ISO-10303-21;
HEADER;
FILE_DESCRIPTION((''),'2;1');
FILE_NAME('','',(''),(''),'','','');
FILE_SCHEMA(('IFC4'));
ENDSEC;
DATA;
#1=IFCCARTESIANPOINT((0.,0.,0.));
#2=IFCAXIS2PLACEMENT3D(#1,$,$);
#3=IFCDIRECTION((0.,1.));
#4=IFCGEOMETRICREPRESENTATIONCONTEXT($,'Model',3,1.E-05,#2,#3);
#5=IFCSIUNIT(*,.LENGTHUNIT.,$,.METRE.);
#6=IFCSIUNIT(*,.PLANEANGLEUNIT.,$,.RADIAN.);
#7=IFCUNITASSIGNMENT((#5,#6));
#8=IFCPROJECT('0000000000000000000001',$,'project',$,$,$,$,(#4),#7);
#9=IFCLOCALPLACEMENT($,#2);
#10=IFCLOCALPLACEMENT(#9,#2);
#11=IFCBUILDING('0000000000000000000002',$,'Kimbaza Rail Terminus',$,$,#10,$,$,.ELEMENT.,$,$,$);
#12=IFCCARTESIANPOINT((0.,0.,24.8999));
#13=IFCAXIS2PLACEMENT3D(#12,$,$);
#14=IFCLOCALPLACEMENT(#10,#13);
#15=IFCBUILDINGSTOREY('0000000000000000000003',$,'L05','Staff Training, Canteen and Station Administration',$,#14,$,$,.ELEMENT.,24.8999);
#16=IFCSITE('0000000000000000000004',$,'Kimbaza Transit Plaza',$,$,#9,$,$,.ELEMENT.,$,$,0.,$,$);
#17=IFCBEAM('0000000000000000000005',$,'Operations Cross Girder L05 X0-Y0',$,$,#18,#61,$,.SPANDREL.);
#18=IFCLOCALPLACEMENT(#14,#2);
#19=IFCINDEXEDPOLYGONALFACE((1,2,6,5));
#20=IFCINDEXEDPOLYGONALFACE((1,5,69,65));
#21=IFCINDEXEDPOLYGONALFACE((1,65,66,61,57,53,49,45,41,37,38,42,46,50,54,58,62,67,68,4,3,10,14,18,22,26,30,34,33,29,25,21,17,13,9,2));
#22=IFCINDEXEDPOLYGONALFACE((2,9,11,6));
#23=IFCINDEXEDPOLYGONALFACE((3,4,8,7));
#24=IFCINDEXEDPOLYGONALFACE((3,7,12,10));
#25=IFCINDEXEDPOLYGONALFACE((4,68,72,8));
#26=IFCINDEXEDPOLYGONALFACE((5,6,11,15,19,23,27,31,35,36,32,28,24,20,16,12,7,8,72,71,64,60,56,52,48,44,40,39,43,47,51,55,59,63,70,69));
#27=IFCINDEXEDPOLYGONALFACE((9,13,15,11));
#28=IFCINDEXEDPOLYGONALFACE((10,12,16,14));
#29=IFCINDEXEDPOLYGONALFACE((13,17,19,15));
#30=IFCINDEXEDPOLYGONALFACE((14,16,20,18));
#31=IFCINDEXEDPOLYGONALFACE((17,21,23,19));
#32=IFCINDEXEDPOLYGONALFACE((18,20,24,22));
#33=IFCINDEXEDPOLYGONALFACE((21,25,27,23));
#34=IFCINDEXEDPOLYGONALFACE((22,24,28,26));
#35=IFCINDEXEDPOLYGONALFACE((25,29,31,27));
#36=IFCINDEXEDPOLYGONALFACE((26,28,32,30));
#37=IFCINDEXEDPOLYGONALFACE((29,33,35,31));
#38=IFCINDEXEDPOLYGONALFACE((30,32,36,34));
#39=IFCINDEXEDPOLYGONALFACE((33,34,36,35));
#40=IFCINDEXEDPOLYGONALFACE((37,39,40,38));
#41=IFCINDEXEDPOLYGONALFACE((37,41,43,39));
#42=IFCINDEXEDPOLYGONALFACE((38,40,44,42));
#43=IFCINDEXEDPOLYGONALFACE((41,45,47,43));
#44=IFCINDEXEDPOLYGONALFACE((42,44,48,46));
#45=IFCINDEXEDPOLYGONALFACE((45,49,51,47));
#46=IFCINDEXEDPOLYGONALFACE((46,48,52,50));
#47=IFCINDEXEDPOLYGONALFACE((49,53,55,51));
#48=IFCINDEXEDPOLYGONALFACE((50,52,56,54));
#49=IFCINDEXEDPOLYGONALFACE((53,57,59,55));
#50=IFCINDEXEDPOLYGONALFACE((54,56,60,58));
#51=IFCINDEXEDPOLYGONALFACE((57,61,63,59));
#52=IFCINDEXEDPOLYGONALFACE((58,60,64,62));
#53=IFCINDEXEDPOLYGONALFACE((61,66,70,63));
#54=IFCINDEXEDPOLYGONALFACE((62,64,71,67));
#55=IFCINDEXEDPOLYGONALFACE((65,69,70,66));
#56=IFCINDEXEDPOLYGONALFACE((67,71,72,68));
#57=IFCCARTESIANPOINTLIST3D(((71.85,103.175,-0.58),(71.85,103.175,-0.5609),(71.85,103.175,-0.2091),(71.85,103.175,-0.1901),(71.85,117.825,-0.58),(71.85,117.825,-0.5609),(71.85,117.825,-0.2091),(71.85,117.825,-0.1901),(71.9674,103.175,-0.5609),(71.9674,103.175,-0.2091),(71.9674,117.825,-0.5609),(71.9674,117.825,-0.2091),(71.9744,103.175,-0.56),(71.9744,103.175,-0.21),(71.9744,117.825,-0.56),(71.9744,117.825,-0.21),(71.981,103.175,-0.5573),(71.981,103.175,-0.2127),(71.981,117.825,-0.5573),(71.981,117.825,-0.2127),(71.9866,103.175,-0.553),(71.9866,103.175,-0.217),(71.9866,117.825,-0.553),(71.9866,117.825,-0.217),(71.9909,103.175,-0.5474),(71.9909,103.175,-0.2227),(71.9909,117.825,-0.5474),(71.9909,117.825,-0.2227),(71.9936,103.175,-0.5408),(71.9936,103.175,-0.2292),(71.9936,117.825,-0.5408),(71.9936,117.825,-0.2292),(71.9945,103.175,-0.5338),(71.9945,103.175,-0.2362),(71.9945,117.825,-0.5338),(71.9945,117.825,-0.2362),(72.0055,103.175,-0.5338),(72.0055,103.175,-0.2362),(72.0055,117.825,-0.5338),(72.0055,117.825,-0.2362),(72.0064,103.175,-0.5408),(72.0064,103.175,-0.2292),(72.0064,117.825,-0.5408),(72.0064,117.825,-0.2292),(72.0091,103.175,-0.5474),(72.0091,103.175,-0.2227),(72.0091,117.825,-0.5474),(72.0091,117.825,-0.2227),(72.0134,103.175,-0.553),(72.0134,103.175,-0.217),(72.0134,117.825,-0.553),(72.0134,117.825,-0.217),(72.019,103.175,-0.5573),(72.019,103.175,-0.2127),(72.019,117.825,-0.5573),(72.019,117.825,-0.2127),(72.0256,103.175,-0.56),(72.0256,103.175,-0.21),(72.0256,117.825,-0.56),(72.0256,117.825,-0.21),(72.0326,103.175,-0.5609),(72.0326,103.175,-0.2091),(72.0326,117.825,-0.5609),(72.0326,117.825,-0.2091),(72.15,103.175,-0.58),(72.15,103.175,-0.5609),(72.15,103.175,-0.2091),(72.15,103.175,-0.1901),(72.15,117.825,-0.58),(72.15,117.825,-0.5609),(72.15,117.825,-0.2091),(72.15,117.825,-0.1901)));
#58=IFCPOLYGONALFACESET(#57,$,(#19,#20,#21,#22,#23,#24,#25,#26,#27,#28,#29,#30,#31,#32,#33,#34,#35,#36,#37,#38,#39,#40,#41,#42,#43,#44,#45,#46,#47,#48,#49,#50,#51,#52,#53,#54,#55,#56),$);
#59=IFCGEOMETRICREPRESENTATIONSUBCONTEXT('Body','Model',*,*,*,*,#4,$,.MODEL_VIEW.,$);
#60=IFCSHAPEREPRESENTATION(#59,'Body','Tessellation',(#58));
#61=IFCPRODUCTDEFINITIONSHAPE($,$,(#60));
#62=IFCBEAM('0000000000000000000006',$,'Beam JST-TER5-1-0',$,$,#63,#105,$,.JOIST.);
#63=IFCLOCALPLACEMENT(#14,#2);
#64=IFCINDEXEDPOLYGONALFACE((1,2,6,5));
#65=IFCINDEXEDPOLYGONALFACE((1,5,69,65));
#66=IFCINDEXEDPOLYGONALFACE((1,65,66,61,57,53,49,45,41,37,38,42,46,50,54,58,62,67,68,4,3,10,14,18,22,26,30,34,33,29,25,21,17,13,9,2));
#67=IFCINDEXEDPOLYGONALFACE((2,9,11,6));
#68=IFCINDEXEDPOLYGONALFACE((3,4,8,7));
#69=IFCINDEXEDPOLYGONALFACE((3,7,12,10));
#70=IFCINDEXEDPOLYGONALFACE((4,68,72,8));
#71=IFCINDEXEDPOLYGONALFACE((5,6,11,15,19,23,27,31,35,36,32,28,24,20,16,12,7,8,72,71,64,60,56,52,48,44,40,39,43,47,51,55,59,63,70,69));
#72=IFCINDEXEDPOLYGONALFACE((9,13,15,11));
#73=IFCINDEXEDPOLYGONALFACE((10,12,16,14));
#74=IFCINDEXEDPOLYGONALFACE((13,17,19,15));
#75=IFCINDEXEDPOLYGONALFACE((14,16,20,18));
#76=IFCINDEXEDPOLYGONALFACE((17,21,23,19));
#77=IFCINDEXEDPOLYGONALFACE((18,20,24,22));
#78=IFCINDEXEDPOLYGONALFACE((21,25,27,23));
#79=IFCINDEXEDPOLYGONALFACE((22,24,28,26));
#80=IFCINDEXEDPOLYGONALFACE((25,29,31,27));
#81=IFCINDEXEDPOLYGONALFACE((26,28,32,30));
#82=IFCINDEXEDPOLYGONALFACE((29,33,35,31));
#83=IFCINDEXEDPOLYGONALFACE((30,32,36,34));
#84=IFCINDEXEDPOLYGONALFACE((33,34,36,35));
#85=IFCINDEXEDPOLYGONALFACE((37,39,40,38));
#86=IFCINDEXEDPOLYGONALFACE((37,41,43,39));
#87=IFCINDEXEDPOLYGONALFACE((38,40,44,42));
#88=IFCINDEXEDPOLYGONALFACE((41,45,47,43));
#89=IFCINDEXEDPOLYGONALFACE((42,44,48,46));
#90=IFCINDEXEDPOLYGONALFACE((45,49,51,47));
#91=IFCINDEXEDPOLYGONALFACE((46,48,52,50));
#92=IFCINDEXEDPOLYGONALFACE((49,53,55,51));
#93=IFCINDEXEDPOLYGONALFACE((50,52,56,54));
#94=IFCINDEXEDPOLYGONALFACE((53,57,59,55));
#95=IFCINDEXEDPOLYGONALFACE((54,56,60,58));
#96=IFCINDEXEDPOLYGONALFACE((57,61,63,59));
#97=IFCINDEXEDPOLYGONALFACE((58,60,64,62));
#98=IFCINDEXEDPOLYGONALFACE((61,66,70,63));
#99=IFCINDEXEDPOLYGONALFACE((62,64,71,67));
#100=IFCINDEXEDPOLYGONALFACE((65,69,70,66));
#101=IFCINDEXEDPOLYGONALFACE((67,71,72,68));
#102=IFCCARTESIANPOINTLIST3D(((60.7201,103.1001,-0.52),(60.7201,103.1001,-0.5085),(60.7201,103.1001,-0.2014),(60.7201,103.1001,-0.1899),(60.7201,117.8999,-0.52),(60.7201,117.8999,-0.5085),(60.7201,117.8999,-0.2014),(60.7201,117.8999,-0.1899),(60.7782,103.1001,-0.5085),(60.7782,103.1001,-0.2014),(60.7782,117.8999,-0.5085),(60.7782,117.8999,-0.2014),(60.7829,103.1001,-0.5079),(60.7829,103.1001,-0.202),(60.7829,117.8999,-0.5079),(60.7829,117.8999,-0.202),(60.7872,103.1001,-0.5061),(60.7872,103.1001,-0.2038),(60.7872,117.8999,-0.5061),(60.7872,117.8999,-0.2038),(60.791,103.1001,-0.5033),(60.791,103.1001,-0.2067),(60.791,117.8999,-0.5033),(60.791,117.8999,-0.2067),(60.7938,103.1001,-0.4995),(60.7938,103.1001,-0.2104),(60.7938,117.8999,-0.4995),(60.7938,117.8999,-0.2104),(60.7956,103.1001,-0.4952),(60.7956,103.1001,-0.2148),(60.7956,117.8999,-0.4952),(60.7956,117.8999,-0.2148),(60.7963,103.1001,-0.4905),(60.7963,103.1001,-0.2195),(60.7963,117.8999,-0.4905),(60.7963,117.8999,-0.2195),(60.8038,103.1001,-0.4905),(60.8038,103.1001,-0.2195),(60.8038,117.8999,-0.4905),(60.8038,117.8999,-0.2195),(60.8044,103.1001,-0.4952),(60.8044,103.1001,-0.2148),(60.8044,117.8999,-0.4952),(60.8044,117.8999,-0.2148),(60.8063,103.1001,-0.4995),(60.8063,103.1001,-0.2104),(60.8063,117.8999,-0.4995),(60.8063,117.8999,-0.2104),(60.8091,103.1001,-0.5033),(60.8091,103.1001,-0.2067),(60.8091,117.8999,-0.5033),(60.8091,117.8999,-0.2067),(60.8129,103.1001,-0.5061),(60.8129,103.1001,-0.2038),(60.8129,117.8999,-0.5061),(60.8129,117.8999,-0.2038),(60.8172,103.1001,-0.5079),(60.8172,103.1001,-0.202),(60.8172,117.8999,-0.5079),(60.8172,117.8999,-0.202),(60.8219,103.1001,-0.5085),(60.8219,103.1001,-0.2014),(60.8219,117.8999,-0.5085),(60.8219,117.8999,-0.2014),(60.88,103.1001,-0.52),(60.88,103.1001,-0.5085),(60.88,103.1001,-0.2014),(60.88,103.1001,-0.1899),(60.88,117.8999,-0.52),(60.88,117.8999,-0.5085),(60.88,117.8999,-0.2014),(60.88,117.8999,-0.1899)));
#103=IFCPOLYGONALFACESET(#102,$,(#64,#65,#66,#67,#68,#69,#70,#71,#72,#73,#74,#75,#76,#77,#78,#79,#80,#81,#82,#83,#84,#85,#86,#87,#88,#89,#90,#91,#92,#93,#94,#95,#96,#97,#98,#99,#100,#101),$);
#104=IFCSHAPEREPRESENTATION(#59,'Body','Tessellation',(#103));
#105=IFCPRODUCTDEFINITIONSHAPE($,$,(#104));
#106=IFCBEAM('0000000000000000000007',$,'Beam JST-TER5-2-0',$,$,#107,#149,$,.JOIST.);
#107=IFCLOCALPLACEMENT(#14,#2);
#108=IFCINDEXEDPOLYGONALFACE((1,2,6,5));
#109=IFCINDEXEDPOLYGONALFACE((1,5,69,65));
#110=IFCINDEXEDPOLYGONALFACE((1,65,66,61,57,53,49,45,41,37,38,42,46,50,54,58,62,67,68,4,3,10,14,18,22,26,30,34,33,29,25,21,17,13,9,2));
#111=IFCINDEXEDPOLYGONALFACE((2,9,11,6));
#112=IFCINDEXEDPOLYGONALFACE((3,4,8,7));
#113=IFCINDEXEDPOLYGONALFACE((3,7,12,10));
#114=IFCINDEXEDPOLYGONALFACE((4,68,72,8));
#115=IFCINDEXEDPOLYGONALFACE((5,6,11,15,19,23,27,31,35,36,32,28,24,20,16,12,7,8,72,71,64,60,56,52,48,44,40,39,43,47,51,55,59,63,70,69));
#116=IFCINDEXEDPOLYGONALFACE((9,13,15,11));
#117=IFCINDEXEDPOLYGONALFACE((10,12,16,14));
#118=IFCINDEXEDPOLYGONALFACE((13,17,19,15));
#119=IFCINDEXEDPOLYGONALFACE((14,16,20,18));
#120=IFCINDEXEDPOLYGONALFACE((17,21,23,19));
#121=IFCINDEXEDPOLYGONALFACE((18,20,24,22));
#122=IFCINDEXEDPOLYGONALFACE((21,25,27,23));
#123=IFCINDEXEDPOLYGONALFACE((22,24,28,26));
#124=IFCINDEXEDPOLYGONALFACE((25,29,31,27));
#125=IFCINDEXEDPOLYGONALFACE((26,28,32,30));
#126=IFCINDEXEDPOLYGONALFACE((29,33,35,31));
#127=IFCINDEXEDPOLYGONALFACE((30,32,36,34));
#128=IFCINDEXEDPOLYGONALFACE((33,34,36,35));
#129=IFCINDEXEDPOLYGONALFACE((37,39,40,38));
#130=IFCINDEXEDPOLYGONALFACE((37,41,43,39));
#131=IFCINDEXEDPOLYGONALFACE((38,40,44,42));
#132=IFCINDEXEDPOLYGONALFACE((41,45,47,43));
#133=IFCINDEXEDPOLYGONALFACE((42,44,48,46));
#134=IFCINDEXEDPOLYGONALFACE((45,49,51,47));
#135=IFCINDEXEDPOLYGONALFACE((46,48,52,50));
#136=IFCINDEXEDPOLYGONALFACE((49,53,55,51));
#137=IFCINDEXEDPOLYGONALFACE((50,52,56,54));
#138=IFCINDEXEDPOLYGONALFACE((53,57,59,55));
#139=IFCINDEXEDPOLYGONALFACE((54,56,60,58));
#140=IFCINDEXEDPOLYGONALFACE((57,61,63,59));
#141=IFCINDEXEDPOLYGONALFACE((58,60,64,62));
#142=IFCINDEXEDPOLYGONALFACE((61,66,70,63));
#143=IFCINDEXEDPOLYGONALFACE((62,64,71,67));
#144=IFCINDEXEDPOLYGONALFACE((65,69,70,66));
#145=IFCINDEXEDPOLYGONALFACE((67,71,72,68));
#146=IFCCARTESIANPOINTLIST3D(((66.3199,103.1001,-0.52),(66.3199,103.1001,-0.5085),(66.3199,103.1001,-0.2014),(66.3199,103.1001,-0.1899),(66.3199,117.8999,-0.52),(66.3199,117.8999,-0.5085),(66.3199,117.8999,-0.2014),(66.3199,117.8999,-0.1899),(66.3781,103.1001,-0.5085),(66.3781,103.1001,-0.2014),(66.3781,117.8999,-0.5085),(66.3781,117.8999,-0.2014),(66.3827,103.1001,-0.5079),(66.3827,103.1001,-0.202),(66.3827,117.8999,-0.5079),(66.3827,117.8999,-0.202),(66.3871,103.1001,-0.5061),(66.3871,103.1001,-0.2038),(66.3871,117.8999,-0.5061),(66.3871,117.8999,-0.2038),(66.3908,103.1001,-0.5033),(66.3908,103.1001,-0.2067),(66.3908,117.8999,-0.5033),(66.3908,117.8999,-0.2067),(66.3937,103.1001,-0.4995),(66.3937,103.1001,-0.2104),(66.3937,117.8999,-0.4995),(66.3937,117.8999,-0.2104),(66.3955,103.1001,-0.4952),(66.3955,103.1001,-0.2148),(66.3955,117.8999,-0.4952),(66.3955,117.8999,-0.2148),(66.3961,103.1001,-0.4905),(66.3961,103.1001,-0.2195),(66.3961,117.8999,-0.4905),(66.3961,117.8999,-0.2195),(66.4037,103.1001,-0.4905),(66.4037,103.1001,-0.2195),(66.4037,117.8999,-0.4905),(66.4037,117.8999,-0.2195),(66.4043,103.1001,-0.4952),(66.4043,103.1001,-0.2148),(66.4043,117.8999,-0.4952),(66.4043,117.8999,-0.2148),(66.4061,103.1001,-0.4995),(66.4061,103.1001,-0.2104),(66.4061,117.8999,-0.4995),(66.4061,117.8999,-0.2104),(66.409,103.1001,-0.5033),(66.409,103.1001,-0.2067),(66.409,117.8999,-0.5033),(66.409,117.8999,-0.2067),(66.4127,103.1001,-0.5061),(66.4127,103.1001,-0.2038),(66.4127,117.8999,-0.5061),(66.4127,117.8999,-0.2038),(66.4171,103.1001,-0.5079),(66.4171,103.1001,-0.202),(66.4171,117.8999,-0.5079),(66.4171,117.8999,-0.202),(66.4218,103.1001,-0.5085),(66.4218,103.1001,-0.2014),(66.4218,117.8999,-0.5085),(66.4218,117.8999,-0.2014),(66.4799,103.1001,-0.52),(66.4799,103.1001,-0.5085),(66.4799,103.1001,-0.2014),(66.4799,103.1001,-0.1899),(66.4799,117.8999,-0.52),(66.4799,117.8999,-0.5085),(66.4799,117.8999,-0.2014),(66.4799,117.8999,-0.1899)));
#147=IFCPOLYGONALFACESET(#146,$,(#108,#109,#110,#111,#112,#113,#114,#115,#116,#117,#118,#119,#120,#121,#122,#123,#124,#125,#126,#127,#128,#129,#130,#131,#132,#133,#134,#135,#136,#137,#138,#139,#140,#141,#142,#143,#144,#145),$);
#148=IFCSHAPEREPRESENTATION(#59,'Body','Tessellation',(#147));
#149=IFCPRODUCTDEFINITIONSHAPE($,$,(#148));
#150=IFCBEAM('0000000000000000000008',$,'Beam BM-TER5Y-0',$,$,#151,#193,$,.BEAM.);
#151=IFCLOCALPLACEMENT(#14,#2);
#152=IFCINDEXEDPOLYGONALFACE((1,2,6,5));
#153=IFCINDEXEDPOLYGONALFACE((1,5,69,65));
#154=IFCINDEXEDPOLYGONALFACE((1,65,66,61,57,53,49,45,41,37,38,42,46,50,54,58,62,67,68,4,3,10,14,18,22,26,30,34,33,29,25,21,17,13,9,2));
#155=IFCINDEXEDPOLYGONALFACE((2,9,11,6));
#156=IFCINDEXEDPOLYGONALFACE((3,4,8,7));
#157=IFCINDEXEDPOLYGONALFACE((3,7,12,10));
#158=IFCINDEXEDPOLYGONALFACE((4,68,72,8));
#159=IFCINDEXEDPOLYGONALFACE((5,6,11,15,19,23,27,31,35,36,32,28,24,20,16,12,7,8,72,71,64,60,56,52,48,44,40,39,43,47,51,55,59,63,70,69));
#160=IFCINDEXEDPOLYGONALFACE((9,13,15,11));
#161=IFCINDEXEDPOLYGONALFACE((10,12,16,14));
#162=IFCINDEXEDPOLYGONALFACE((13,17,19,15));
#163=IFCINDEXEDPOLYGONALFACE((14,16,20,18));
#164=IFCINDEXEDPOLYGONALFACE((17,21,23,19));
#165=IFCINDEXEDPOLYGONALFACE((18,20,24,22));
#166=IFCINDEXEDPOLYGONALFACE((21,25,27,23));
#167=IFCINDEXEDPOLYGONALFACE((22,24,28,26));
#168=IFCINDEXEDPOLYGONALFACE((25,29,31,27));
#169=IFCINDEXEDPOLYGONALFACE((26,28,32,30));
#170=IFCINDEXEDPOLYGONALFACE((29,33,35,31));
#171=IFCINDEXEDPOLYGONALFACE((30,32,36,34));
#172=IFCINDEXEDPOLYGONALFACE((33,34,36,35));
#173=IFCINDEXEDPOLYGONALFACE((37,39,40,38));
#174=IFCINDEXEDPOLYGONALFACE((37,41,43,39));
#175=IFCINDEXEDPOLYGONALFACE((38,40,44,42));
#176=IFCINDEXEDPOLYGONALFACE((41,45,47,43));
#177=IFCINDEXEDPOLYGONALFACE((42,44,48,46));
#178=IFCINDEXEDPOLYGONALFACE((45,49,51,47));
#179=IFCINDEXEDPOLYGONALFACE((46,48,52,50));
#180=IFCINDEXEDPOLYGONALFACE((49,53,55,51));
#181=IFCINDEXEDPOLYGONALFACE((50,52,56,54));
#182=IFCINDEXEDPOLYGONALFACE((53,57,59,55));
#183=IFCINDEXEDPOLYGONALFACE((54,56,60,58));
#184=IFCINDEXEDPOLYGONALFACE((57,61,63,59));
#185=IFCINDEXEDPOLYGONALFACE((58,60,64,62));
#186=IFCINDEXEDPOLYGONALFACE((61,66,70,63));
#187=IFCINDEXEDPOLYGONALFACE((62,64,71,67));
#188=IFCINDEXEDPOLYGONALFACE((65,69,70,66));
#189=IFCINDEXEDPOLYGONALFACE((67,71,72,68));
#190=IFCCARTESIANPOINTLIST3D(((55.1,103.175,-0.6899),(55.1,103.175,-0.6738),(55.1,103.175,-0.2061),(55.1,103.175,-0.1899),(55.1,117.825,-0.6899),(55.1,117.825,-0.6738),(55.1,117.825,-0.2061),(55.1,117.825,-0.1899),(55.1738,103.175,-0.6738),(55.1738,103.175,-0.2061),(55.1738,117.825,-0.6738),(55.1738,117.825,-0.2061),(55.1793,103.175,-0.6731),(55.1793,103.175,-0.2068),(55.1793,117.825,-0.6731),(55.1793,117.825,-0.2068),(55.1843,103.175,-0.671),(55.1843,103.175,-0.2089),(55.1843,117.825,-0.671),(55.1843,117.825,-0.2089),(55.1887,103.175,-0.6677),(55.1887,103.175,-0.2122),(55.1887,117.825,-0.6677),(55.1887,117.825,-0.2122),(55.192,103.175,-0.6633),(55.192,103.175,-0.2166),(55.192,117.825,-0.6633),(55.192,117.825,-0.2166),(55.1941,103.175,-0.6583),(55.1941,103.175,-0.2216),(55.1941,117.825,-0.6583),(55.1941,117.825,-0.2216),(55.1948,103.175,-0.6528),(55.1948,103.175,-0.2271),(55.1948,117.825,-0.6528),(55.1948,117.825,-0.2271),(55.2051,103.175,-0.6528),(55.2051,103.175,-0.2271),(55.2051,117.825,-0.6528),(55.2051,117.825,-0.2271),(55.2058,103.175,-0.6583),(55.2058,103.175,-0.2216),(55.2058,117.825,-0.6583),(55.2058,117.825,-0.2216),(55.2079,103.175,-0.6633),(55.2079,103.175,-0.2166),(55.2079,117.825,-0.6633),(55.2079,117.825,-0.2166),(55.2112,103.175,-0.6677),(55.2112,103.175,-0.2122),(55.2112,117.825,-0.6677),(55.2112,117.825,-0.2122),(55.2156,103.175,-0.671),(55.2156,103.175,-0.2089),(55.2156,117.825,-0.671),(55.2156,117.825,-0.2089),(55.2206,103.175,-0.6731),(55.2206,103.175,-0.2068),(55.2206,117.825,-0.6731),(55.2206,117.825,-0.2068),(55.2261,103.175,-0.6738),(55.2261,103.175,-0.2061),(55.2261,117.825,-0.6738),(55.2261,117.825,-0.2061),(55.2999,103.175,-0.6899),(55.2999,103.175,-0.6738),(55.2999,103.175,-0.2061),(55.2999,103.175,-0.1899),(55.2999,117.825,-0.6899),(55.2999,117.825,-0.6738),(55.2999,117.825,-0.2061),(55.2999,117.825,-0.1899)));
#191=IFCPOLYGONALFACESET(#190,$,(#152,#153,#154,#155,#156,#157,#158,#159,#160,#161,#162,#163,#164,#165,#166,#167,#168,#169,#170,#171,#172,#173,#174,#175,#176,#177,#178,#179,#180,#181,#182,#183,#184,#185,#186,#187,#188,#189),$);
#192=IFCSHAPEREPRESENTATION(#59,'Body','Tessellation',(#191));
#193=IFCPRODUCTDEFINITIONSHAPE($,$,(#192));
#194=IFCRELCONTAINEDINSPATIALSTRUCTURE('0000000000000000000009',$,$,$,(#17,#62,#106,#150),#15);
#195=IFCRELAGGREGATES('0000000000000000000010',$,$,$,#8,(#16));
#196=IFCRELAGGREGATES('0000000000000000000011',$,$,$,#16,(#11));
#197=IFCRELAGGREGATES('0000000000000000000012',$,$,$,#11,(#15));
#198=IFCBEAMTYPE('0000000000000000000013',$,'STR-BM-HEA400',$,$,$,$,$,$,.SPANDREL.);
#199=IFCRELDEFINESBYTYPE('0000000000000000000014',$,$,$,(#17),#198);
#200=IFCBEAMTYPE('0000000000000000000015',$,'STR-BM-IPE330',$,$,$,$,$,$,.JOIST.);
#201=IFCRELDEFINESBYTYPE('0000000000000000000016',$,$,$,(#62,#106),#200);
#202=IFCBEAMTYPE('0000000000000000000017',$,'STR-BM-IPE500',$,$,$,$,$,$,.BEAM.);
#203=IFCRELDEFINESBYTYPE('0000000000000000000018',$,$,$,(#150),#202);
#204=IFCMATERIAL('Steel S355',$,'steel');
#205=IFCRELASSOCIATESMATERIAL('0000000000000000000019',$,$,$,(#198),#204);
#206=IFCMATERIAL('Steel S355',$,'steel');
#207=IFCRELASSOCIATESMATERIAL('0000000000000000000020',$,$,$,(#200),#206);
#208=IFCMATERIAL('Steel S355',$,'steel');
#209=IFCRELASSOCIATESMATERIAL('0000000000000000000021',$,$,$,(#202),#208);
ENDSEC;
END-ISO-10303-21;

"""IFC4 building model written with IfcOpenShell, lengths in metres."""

from ifc_helpers import new_model, si_unit, direction, frame, origin, origin_2d, place, context, subcontext, project, spatial, i_section, extrude, material, material_profile, profile_set, type_object, element, save


model = new_model("IFC4")

# Units and contexts
model_context = context("Model", 3, precision=1e-05, world=origin(), true_north=direction((0.0, 1.0)))
body_context = subcontext(model_context, "Body", "Model", "MODEL_VIEW")
ifc_project = project(units=[si_unit("LENGTHUNIT", "METRE"), si_unit("PLANEANGLEUNIT", "RADIAN")], contexts=[model_context])

# Site, building, storey
site_placement = place(None, origin())
site = spatial("IfcSite", under=ifc_project, at=site_placement, Name="Kimbaza Transit Plaza", CompositionType="ELEMENT", RefElevation=0.0)
building_placement = place(site_placement, origin())
building = spatial("IfcBuilding", under=site, at=building_placement, Name="Kimbaza Rail Terminus", CompositionType="ELEMENT")
storey_placement = place(building_placement, frame((0.0, 0.0, 24.8999)))
storey = spatial("IfcBuildingStorey", under=building, at=storey_placement, Name="L05", Description="Staff Training, Canteen and Station Administration", CompositionType="ELEMENT", Elevation=24.8999)

# Beams
ifc_material_1 = material(Name="Steel S355", Category="steel")
ifc_material_profile_1 = material_profile(ifc_material_1, i_section(OverallWidth=0.3, OverallDepth=0.3899, WebThickness=0.011, FlangeThickness=0.019, FilletRadius=0.0271, at=origin_2d()), Name="HEA 400")
ifc_profile_set_1 = profile_set([ifc_material_profile_1], Name="Steel S355")
beam_type_1 = type_object("IfcBeamType", Name="STR-BM-HEA400", PredefinedType="SPANDREL", material=ifc_profile_set_1)
beam_1_placement = place(storey_placement, frame((72.0, 103.175, -0.385), z_axis=(0.0, 1.0, 0.0), x_axis=(-1.0, 0.0, 0.0)))
element("IfcBeam", 1, at=beam_1_placement, inside=storey, type_object=beam_type_1, Name="Operations Cross Girder L05 X0-Y0", PredefinedType="SPANDREL", context=body_context, shape_type="SweptSolid", body=[
    extrude(i_section(OverallWidth=0.3, OverallDepth=0.3899, WebThickness=0.011, FlangeThickness=0.019, FilletRadius=0.0271, at=origin_2d()), origin(), (0.0, 0.0, 1.0), 14.6499),
])
ifc_material_2 = material(Name="Steel S355", Category="steel")
ifc_material_profile_2 = material_profile(ifc_material_2, i_section(OverallWidth=0.1599, OverallDepth=0.3301, WebThickness=0.0076, FlangeThickness=0.0115, FilletRadius=0.0181, at=origin_2d()), Name="IPE 330")
ifc_profile_set_2 = profile_set([ifc_material_profile_2], Name="Steel S355")
beam_type_2 = type_object("IfcBeamType", Name="STR-BM-IPE330", PredefinedType="JOIST", material=ifc_profile_set_2)
for number, where, z_axis, x_axis, name in (
    (2, (60.8, 103.1001, -0.355), (0.0, 1.0, 0.0), (-1.0, 0.0, 0.0), "Beam JST-TER5-1-0"),
    (3, (66.3999, 103.1001, -0.355), (0.0, 1.0, 0.0), (-1.0, 0.0, 0.0), "Beam JST-TER5-2-0"),
):
    element("IfcBeam", number, at=place(storey_placement, frame(where, z_axis=z_axis, x_axis=x_axis)), inside=storey, type_object=beam_type_2, Name=name, PredefinedType="JOIST", context=body_context, shape_type="SweptSolid", body=[
        extrude(i_section(OverallWidth=0.1599, OverallDepth=0.3301, WebThickness=0.0076, FlangeThickness=0.0115, FilletRadius=0.0181, at=origin_2d()), origin(), (0.0, 0.0, 1.0), 14.7998),
    ])
ifc_material_3 = material(Name="Steel S355", Category="steel")
ifc_material_profile_3 = material_profile(ifc_material_3, i_section(OverallWidth=0.2, OverallDepth=0.5, WebThickness=0.0103, FlangeThickness=0.0161, FilletRadius=0.021, at=origin_2d()), Name="IPE 500")
ifc_profile_set_3 = profile_set([ifc_material_profile_3], Name="Steel S355")
beam_type_3 = type_object("IfcBeamType", Name="STR-BM-IPE500", PredefinedType="BEAM", material=ifc_profile_set_3)
beam_2_placement = place(storey_placement, frame((55.2, 103.175, -0.4399), z_axis=(0.0, 1.0, 0.0), x_axis=(-1.0, 0.0, 0.0)))
element("IfcBeam", 4, at=beam_2_placement, inside=storey, type_object=beam_type_3, Name="Beam BM-TER5Y-0", PredefinedType="BEAM", context=body_context, shape_type="SweptSolid", body=[
    extrude(i_section(OverallWidth=0.2, OverallDepth=0.5, WebThickness=0.0103, FlangeThickness=0.0161, FilletRadius=0.021, at=origin_2d()), origin(), (0.0, 0.0, 1.0), 14.6499),
])

save(model, "model.ifc")
